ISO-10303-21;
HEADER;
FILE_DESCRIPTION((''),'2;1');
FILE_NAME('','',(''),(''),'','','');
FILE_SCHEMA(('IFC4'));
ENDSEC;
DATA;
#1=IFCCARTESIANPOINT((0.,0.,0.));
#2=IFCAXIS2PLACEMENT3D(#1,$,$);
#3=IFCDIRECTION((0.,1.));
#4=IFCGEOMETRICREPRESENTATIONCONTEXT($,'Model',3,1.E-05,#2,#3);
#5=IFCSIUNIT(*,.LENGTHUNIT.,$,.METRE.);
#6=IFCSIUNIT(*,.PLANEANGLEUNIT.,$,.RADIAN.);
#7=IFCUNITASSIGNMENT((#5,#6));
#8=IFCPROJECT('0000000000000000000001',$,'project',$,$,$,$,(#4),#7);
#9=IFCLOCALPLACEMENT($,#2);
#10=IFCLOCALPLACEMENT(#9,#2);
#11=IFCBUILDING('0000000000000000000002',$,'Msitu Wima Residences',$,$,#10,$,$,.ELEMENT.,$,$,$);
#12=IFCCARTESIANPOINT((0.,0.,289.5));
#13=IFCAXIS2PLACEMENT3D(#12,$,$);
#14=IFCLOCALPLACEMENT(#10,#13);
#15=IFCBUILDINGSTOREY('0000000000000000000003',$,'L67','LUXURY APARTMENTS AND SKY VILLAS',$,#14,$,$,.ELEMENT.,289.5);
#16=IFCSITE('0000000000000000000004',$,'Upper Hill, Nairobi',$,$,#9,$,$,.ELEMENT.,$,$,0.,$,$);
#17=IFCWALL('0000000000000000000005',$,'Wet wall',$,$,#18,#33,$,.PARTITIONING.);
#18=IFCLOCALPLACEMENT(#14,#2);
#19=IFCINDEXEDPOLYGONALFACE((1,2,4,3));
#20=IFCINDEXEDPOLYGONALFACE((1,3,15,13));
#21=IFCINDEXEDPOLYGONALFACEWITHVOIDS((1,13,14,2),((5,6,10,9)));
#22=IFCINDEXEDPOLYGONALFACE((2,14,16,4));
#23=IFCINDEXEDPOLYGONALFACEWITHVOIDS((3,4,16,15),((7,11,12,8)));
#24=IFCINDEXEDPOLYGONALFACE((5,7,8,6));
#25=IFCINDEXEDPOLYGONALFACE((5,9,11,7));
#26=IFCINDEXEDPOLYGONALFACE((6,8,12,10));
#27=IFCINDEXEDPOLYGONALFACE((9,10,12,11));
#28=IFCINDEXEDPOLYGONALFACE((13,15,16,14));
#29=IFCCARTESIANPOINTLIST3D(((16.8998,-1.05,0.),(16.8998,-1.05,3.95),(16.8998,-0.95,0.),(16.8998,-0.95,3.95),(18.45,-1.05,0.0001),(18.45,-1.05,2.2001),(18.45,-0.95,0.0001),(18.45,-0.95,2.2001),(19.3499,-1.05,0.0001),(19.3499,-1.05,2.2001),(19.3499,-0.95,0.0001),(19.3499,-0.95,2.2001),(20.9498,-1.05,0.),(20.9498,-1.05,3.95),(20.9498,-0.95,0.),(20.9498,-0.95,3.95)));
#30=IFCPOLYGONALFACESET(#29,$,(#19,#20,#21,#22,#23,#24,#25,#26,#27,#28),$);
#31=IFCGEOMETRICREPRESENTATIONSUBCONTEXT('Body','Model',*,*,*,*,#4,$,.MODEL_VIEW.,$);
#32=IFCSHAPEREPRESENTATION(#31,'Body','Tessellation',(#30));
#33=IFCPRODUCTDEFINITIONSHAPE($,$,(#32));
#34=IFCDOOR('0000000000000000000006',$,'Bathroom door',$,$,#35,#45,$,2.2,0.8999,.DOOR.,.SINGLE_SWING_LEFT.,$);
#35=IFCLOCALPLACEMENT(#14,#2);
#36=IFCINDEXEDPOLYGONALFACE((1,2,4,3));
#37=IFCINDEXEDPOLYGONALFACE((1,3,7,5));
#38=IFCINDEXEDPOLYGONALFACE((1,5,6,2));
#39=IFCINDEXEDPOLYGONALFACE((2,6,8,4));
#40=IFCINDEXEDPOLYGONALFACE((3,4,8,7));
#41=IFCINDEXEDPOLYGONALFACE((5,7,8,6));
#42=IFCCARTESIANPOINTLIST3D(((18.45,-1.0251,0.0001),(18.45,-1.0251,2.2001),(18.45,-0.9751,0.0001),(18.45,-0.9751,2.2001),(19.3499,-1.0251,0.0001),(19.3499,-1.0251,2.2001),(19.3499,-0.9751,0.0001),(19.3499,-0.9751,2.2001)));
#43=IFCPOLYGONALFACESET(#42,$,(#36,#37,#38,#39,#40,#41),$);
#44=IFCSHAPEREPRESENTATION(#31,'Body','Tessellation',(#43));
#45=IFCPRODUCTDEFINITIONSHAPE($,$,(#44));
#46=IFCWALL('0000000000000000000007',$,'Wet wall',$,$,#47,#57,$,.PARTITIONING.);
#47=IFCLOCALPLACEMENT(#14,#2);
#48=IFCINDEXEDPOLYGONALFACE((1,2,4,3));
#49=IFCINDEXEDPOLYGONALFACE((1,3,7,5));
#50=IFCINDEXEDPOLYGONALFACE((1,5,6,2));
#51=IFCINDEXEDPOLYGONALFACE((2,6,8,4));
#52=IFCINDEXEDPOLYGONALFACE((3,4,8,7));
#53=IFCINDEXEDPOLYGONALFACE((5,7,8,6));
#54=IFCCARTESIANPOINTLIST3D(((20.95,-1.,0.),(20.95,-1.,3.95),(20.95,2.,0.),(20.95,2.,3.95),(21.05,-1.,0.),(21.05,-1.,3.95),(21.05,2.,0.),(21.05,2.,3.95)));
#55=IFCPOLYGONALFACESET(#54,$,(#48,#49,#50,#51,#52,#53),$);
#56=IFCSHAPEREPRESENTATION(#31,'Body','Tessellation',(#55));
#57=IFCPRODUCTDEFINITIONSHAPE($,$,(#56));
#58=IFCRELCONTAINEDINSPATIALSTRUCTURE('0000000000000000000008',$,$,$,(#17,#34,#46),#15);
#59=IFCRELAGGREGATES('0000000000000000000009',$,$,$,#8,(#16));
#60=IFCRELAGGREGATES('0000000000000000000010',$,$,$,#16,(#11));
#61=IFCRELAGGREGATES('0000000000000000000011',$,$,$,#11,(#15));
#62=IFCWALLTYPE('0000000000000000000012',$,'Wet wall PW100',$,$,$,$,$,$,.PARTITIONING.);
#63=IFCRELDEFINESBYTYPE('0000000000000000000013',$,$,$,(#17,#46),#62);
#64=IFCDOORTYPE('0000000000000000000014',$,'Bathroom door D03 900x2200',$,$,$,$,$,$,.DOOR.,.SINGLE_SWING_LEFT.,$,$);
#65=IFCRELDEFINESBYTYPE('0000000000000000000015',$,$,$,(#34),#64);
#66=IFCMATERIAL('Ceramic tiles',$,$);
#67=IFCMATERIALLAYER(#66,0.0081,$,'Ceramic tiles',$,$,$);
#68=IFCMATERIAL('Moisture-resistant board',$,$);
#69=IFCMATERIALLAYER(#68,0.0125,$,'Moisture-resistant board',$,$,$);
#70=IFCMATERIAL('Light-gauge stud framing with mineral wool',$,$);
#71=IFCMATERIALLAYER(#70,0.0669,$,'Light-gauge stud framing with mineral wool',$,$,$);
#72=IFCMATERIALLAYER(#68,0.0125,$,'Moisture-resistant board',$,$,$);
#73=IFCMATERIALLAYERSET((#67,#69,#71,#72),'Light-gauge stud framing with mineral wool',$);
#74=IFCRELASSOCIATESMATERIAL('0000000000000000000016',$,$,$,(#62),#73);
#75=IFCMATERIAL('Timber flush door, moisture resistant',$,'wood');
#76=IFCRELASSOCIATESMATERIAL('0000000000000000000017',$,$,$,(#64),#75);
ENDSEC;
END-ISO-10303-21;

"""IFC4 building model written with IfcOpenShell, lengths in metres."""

from ifc_helpers import new_model, si_unit, direction, frame, frame_2d, origin, place, context, subcontext, project, spatial, rectangle, extrude, material, layer, layer_set, type_object, element, fill, save


model = new_model("IFC4")

# Units and contexts
model_context = context("Model", 3, precision=1e-05, world=origin(), true_north=direction((0.0, 1.0)))
body_context = subcontext(model_context, "Body", "Model", "MODEL_VIEW")
ifc_project = project(units=[si_unit("LENGTHUNIT", "METRE"), si_unit("PLANEANGLEUNIT", "RADIAN")], contexts=[model_context])

# Site, building, storey
site_placement = place(None, origin())
site = spatial("IfcSite", under=ifc_project, at=site_placement, Name="Upper Hill, Nairobi", CompositionType="ELEMENT", RefElevation=0.0)
building_placement = place(site_placement, origin())
building = spatial("IfcBuilding", under=site, at=building_placement, Name="Msitu Wima Residences", CompositionType="ELEMENT")
storey_placement = place(building_placement, frame((0.0, 0.0, 289.5)))
storey = spatial("IfcBuildingStorey", under=building, at=storey_placement, Name="L67", Description="LUXURY APARTMENTS AND SKY VILLAS", CompositionType="ELEMENT", Elevation=289.5)

# Wall, opening, door
ifc_material_1 = material(Name="Ceramic tiles")
ifc_layer_1 = layer(ifc_material_1, 0.0081, Name="Ceramic tiles")
ifc_material_2 = material(Name="Moisture-resistant board")
ifc_layer_2 = layer(ifc_material_2, 0.0125, Name="Moisture-resistant board")
ifc_material_3 = material(Name="Light-gauge stud framing with mineral wool")
ifc_layer_3 = layer(ifc_material_3, 0.0669, Name="Light-gauge stud framing with mineral wool")
ifc_layer_4 = layer(ifc_material_2, 0.0125, Name="Moisture-resistant board")
ifc_layer_set_1 = layer_set([ifc_layer_1, ifc_layer_2, ifc_layer_3, ifc_layer_4], Name="Light-gauge stud framing with mineral wool")
wall_type_1 = type_object("IfcWallType", Name="Wet wall PW100", PredefinedType="PARTITIONING", material=ifc_layer_set_1)
wall_1_placement = place(storey_placement, frame((16.8999, -1.0, 0.0), z_axis=(0.0, 0.0, 1.0), x_axis=(1.0, 0.0, 0.0)))
wall_1 = element("IfcWall", 1, at=wall_1_placement, inside=storey, type_object=wall_type_1, Name="Wet wall", PredefinedType="PARTITIONING", context=body_context, shape_type="SweptSolid", body=[
    extrude(rectangle(XDim=4.05, YDim=0.1001, at=frame_2d((2.0249, 0.0))), origin(), (0.0, 0.0, 1.0), 3.95),
])
opening_1_placement = place(wall_1_placement, frame((1.55, 0.0, 0.0)))
opening_1 = element("IfcOpeningElement", 2, at=opening_1_placement, cuts=wall_1, PredefinedType="OPENING", context=body_context, shape_type="SweptSolid", body=[
    extrude(rectangle(XDim=0.8999, YDim=2.2, at=frame_2d((0.45, 1.1001))), frame((0.0, 0.0601, 0.0), z_axis=(0.0, -1.0, 0.0), x_axis=(1.0, 0.0, 0.0)), (0.0, 0.0, 1.0), 0.1201),
])
ifc_material_4 = material(Name="Timber flush door, moisture resistant", Category="wood")
door_type_1 = type_object("IfcDoorType", Name="Bathroom door D03 900x2200", OperationType="SINGLE_SWING_LEFT", PredefinedType="DOOR", material=ifc_material_4)
door_1_placement = place(opening_1_placement, origin())
door_1 = element("IfcDoor", 3, at=door_1_placement, inside=storey, type_object=door_type_1, Name="Bathroom door", OperationType="SINGLE_SWING_LEFT", OverallHeight=2.2, OverallWidth=0.8999, PredefinedType="DOOR", context=body_context, shape_type="SweptSolid", body=[
    extrude(rectangle(XDim=0.8999, YDim=2.2, at=frame_2d((0.45, 1.1001))), frame((0.0, 0.0249, 0.0), z_axis=(0.0, -1.0, 0.0), x_axis=(1.0, 0.0, 0.0)), (0.0, 0.0, 1.0), 0.05),
])
fill(opening_1, door_1)

# Wall
wall_2_placement = place(storey_placement, frame((21.0, -1.0, 0.0), z_axis=(0.0, 0.0, 1.0), x_axis=(0.0, 1.0, 0.0)))
element("IfcWall", 4, at=wall_2_placement, inside=storey, type_object=wall_type_1, Name="Wet wall", PredefinedType="PARTITIONING", context=body_context, shape_type="SweptSolid", body=[
    extrude(rectangle(XDim=3.0, YDim=0.1001, at=frame_2d((1.5, 0.0))), origin(), (0.0, 0.0, 1.0), 3.95),
])

save(model, "model.ifc")
